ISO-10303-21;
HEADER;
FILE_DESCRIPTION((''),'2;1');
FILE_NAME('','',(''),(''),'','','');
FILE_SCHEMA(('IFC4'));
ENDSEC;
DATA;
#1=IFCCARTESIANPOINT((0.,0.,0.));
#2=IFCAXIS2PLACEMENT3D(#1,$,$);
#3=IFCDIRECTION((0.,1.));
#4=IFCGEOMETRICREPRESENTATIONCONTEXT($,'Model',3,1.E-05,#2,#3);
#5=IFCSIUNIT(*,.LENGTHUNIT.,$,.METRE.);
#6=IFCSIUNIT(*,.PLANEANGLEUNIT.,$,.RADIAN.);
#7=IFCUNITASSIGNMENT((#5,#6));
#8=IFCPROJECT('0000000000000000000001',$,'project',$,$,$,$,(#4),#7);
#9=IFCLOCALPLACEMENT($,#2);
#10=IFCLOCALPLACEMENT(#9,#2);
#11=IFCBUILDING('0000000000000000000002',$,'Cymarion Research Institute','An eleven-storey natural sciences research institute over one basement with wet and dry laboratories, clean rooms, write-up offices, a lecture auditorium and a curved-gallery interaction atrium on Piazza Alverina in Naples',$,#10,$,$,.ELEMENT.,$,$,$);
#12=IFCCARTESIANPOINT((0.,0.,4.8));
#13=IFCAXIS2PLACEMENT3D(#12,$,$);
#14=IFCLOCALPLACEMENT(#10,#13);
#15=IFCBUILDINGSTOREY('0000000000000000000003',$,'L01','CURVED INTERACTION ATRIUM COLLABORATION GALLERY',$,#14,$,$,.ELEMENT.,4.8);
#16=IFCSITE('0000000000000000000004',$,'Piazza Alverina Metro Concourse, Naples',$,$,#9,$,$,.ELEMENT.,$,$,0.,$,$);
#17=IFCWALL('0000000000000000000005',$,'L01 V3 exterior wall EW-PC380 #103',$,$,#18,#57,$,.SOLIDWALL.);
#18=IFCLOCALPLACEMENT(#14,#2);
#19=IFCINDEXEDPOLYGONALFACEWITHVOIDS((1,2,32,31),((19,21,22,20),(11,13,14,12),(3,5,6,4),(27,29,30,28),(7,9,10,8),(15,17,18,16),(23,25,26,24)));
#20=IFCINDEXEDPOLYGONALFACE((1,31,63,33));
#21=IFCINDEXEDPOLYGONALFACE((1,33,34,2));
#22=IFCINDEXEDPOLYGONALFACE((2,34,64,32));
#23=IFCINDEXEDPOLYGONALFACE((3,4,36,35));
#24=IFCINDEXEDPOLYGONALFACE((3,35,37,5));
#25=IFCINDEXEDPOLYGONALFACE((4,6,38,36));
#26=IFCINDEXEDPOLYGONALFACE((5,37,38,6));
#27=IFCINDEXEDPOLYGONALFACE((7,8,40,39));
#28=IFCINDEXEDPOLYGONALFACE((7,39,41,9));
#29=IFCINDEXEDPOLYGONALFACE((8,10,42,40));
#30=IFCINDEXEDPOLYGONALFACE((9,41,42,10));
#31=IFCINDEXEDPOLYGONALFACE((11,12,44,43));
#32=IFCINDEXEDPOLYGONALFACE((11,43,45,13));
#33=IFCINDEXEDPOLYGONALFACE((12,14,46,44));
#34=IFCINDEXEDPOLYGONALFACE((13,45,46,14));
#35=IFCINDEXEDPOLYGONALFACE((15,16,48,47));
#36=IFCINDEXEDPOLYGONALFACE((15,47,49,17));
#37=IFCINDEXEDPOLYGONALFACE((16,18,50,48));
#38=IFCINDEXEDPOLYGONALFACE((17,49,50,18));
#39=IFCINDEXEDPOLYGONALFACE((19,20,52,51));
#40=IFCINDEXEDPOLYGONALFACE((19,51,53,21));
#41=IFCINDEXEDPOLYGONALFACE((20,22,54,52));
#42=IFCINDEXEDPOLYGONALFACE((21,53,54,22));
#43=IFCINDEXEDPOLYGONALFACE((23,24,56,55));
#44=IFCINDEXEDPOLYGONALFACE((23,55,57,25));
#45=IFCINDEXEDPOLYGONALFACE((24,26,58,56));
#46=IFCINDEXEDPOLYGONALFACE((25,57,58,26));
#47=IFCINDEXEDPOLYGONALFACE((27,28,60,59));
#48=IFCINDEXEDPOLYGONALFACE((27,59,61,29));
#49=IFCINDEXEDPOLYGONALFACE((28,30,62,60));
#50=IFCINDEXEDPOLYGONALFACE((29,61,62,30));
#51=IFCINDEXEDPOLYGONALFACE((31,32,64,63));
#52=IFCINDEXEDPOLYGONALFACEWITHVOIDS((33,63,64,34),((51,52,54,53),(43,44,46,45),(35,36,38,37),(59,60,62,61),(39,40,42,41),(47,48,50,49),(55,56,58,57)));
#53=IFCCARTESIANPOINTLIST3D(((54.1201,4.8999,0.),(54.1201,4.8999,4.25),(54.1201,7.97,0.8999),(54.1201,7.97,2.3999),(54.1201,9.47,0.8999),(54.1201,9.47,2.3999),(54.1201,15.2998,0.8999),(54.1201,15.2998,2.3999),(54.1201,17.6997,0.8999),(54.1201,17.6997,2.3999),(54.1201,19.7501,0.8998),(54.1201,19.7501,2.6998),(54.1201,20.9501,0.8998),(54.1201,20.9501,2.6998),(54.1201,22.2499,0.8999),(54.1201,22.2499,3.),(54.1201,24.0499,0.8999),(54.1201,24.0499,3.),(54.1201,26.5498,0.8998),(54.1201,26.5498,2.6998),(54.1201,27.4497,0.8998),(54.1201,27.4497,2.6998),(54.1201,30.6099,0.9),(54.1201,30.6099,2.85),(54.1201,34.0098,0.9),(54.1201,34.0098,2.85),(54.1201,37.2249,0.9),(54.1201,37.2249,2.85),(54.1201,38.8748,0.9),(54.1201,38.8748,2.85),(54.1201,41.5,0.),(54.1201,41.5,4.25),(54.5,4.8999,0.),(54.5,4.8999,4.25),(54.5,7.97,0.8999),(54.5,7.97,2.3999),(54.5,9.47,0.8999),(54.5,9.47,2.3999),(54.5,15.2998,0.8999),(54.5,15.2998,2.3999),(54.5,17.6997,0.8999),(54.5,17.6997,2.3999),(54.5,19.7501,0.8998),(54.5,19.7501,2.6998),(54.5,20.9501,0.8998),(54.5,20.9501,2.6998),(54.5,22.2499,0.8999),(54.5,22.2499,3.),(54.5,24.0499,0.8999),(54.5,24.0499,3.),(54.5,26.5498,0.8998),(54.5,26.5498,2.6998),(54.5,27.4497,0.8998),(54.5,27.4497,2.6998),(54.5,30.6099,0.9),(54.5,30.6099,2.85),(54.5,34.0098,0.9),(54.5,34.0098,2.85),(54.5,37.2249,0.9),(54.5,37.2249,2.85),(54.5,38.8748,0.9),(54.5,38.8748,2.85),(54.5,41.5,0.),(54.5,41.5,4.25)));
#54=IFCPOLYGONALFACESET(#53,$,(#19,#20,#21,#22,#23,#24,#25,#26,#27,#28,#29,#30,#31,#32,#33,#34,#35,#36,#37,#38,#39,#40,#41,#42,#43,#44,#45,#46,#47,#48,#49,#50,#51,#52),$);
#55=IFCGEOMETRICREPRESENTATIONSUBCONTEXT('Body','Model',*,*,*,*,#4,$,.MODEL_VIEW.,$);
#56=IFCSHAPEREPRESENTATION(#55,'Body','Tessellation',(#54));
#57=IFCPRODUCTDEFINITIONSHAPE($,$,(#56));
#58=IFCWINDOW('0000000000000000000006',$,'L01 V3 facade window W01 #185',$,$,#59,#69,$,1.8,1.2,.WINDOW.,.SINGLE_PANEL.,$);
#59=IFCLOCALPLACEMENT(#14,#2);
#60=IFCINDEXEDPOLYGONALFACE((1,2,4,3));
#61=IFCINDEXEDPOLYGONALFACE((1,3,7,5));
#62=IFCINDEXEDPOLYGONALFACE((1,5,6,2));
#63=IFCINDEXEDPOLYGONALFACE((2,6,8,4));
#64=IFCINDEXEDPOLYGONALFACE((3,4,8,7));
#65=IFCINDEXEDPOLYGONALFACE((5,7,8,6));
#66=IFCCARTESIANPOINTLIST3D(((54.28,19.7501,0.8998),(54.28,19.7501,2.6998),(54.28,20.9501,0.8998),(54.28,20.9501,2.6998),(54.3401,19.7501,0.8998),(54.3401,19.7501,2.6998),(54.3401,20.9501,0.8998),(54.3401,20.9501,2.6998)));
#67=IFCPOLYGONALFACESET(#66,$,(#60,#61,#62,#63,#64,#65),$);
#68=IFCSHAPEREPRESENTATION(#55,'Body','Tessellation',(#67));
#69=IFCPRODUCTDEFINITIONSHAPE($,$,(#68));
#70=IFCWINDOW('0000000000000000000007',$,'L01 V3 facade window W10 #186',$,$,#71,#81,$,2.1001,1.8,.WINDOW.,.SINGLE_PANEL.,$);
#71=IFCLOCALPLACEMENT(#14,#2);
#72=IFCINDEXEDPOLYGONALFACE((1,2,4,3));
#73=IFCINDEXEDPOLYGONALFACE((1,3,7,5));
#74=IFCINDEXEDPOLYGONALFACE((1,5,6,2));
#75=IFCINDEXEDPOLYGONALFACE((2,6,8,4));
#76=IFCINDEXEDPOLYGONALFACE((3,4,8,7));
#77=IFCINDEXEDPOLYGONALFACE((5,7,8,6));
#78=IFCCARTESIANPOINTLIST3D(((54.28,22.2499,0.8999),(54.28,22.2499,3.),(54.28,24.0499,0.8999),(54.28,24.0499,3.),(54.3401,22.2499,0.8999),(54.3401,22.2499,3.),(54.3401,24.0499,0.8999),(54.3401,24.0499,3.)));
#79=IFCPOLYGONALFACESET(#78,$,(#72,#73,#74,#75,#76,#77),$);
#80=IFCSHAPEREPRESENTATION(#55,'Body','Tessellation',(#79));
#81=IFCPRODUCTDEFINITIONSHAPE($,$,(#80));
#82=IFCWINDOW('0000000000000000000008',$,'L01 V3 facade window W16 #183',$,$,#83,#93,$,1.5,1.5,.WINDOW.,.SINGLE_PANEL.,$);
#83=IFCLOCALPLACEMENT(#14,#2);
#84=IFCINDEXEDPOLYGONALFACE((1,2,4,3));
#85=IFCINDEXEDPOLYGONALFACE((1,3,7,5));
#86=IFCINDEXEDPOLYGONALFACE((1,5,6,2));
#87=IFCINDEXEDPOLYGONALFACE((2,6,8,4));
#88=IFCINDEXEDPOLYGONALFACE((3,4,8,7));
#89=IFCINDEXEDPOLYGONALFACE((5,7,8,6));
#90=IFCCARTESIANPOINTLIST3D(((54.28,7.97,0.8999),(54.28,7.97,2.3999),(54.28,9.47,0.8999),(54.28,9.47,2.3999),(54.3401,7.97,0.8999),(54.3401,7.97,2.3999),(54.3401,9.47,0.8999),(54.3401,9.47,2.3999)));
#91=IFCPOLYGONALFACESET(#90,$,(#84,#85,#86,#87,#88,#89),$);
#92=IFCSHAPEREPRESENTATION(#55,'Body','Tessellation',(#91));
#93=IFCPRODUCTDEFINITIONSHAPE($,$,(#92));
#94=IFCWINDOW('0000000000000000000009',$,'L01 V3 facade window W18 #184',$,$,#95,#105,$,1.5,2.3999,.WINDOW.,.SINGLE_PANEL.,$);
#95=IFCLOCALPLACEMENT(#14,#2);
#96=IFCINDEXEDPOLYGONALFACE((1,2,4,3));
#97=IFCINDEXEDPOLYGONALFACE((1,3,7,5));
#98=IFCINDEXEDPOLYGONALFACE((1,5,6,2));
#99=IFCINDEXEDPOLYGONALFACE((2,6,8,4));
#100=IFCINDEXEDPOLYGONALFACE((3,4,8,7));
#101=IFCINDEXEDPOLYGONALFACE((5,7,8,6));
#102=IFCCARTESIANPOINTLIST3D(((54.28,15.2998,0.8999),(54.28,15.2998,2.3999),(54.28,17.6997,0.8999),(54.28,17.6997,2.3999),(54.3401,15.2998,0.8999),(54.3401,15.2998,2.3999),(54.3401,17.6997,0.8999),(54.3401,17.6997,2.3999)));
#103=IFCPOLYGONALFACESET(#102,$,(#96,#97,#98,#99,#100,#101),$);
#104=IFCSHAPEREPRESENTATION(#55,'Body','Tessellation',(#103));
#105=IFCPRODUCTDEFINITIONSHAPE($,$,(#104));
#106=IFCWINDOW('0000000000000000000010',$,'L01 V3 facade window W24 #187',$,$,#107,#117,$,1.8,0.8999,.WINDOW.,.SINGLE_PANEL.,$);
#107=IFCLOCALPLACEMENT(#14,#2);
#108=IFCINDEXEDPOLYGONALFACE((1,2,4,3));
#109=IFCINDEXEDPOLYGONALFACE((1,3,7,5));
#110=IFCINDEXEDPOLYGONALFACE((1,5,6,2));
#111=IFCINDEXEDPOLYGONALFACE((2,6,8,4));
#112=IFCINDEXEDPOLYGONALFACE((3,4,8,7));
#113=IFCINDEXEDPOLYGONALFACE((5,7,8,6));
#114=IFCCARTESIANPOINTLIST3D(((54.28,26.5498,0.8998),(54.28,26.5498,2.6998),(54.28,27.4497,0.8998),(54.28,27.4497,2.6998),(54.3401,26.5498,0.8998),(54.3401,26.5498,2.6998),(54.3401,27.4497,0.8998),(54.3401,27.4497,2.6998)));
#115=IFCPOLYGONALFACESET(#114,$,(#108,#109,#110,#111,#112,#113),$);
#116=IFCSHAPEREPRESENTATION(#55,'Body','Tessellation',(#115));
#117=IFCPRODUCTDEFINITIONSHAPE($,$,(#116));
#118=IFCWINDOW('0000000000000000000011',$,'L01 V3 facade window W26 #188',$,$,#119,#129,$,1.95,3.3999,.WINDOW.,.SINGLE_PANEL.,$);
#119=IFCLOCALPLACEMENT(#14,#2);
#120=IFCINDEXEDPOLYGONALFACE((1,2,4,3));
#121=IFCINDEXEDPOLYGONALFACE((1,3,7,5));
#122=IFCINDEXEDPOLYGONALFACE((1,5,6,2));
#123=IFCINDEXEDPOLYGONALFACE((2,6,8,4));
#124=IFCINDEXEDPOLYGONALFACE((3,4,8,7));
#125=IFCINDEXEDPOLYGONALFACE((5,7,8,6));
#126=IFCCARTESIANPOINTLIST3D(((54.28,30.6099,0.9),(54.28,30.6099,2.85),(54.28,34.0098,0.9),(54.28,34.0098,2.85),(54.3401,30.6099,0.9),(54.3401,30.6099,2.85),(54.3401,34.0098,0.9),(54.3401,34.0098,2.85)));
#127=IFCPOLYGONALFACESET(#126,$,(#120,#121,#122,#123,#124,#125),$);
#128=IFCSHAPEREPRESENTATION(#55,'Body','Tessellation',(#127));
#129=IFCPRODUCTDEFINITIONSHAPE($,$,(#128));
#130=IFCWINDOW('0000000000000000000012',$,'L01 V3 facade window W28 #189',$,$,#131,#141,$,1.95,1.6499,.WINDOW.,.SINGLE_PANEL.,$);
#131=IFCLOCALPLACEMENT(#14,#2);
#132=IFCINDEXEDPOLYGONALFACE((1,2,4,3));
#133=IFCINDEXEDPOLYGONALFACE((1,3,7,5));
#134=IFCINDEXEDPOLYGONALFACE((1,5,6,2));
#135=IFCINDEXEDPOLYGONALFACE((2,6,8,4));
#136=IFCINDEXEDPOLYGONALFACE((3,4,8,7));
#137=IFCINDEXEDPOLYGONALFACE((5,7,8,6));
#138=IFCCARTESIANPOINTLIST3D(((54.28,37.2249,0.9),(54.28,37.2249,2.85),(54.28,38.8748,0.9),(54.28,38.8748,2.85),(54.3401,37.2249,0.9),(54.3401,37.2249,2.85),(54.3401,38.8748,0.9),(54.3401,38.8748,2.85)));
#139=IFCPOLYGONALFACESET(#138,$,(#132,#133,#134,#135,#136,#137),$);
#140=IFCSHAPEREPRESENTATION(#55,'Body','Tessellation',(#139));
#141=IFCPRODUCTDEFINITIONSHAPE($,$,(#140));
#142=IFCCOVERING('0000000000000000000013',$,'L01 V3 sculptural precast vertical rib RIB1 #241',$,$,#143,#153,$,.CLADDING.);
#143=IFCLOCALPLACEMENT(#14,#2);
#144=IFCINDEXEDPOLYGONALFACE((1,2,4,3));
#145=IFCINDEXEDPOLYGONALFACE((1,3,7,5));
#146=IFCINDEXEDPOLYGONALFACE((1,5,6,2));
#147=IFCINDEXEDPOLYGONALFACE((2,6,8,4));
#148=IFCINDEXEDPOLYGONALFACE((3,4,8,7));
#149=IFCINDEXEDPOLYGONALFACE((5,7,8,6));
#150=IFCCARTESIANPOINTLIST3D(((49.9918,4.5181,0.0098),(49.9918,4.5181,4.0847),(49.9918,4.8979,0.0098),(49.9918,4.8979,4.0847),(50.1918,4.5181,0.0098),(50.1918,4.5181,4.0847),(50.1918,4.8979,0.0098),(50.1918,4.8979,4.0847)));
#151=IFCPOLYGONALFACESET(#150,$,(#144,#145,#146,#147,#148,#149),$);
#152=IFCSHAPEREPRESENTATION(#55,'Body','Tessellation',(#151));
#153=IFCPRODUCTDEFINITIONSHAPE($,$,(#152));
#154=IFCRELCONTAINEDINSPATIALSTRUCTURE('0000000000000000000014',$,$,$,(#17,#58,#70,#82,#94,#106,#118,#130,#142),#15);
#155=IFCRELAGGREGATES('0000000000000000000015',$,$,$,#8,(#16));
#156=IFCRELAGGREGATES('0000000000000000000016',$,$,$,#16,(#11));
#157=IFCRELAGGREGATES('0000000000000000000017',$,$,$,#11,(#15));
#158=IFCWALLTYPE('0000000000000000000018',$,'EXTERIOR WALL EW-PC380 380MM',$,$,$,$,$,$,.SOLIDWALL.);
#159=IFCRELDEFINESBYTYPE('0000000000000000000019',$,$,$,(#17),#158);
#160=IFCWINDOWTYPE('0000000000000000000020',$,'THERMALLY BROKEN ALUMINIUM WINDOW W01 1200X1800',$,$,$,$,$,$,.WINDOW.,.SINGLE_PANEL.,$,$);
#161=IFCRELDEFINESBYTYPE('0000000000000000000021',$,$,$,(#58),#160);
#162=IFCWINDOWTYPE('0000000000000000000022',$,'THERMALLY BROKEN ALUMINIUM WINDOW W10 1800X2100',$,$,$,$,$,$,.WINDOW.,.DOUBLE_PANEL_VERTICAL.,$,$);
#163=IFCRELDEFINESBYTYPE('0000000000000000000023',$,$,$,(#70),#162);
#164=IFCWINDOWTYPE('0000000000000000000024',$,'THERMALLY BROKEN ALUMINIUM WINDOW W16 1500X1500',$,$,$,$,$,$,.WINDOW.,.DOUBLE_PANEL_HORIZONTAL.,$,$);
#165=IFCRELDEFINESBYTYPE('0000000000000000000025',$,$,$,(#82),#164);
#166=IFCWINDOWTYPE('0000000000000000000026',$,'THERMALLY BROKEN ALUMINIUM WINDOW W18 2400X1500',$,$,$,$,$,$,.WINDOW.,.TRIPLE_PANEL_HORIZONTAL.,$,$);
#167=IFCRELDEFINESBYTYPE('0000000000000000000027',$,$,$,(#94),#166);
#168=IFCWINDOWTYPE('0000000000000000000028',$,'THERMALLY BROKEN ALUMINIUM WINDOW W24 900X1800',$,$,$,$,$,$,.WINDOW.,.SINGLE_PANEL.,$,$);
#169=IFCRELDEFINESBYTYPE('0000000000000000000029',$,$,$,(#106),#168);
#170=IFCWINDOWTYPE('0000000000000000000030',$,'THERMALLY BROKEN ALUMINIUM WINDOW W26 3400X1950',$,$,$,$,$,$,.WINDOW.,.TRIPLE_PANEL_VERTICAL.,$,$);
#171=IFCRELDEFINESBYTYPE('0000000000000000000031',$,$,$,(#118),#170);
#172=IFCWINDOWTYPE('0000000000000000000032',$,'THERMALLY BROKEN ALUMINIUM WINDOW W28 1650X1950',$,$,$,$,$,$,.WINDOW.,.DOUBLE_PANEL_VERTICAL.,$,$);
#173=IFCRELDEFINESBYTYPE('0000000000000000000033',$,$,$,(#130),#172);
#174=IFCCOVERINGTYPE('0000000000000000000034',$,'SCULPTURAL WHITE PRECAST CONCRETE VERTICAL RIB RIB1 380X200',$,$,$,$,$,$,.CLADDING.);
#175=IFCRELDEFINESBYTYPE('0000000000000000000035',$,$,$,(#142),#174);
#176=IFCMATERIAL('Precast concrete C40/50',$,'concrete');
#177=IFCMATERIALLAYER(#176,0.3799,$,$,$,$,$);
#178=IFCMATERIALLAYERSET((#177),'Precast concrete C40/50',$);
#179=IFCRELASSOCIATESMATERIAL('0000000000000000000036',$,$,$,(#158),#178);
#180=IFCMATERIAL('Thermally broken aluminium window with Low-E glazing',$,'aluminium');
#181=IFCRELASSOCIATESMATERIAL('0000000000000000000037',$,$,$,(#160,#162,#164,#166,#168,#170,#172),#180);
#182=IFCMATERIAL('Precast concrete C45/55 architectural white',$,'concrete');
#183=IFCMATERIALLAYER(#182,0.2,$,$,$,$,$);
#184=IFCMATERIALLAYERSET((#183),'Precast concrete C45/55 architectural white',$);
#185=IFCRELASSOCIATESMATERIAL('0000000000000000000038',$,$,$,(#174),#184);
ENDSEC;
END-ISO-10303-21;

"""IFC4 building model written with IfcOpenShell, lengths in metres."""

from ifc_helpers import new_model, si_unit, direction, frame, frame_2d, origin, origin_2d, place, context, subcontext, project, spatial, rectangle, extrude, material, layer, layer_set, type_object, element, fill, save


model = new_model("IFC4")

# Units and contexts
model_context = context("Model", 3, precision=1e-05, world=origin(), true_north=direction((0.0, 1.0)))
body_context = subcontext(model_context, "Body", "Model", "MODEL_VIEW")
ifc_project = project(units=[si_unit("LENGTHUNIT", "METRE"), si_unit("PLANEANGLEUNIT", "RADIAN")], contexts=[model_context])

# Site, building, storey
site_placement = place(None, origin())
site = spatial("IfcSite", under=ifc_project, at=site_placement, Name="Piazza Alverina Metro Concourse, Naples", CompositionType="ELEMENT", RefElevation=0.0)
building_placement = place(site_placement, origin())
building = spatial("IfcBuilding", under=site, at=building_placement, Name="Cymarion Research Institute", Description="An eleven-storey natural sciences research institute over one basement with wet and dry laboratories, clean rooms, write-up offices, a lecture auditorium and a curved-gallery interaction atrium on Piazza Alverina in Naples", CompositionType="ELEMENT")
storey_placement = place(building_placement, frame((0.0, 0.0, 4.8)))
storey = spatial("IfcBuildingStorey", under=building, at=storey_placement, Name="L01", Description="CURVED INTERACTION ATRIUM COLLABORATION GALLERY", CompositionType="ELEMENT", Elevation=4.8)

# Wall, openings, windows
ifc_material_1 = material(Name="Precast concrete C40/50", Category="concrete")
ifc_layer_1 = layer(ifc_material_1, 0.3799)
ifc_layer_set_1 = layer_set([ifc_layer_1], Name="Precast concrete C40/50")
wall_type = type_object("IfcWallType", Name="EXTERIOR WALL EW-PC380 380MM", PredefinedType="SOLIDWALL", material=ifc_layer_set_1)
wall_placement = place(storey_placement, frame((54.3101, 4.8999, 0.0), z_axis=(0.0, 0.0, 1.0), x_axis=(0.0, 1.0, 0.0)))
wall = element("IfcWall", 1, at=wall_placement, inside=storey, type_object=wall_type, Name="L01 V3 exterior wall EW-PC380 #103", PredefinedType="SOLIDWALL", context=body_context, shape_type="SweptSolid", body=[
    extrude(rectangle(XDim=36.6001, YDim=0.3799, at=frame_2d((18.3, 0.0))), origin(), (0.0, 0.0, 1.0), 4.25),
])
opening_1_placement = place(wall_placement, frame((3.0701, 0.0, 0.8999)))
opening_1 = element("IfcOpeningElement", 2, at=opening_1_placement, cuts=wall, PredefinedType="OPENING", context=body_context, shape_type="SweptSolid", body=[
    extrude(rectangle(XDim=1.5, YDim=1.5, at=frame_2d((0.75, 0.75))), frame((0.0, 0.2, 0.0), z_axis=(0.0, -1.0, 0.0), x_axis=(1.0, 0.0, 0.0)), (0.0, 0.0, 1.0), 0.3999),
])
opening_2_placement = place(wall_placement, frame((10.3999, 0.0, 0.8999)))
opening_2 = element("IfcOpeningElement", 3, at=opening_2_placement, cuts=wall, PredefinedType="OPENING", context=body_context, shape_type="SweptSolid", body=[
    extrude(rectangle(XDim=2.3999, YDim=1.5, at=frame_2d((1.2, 0.75))), frame((0.0, 0.2, 0.0), z_axis=(0.0, -1.0, 0.0), x_axis=(1.0, 0.0, 0.0)), (0.0, 0.0, 1.0), 0.3999),
])
opening_3_placement = place(wall_placement, frame((14.8501, 0.0, 0.8999)))
opening_3 = element("IfcOpeningElement", 4, at=opening_3_placement, cuts=wall, PredefinedType="OPENING", context=body_context, shape_type="SweptSolid", body=[
    extrude(rectangle(XDim=1.2, YDim=1.8, at=frame_2d((0.6001, 0.8999))), frame((0.0, 0.2, 0.0), z_axis=(0.0, -1.0, 0.0), x_axis=(1.0, 0.0, 0.0)), (0.0, 0.0, 1.0), 0.3999),
])
opening_4_placement = place(wall_placement, frame((17.3501, 0.0, 0.8999)))
opening_4 = element("IfcOpeningElement", 5, at=opening_4_placement, cuts=wall, PredefinedType="OPENING", context=body_context, shape_type="SweptSolid", body=[
    extrude(rectangle(XDim=1.8, YDim=2.1001, at=frame_2d((0.8999, 1.05))), frame((0.0, 0.2, 0.0), z_axis=(0.0, -1.0, 0.0), x_axis=(1.0, 0.0, 0.0)), (0.0, 0.0, 1.0), 0.3999),
])
opening_5_placement = place(wall_placement, frame((21.6499, 0.0, 0.8999)))
opening_5 = element("IfcOpeningElement", 6, at=opening_5_placement, cuts=wall, PredefinedType="OPENING", context=body_context, shape_type="SweptSolid", body=[
    extrude(rectangle(XDim=0.8999, YDim=1.8, at=frame_2d((0.45, 0.8999))), frame((0.0, 0.2, 0.0), z_axis=(0.0, -1.0, 0.0), x_axis=(1.0, 0.0, 0.0)), (0.0, 0.0, 1.0), 0.3999),
])
opening_6_placement = place(wall_placement, frame((25.71, 0.0, 0.8999)))
opening_6 = element("IfcOpeningElement", 7, at=opening_6_placement, cuts=wall, PredefinedType="OPENING", context=body_context, shape_type="SweptSolid", body=[
    extrude(rectangle(XDim=3.3999, YDim=1.95, at=frame_2d((1.7, 0.9751))), frame((0.0, 0.2, 0.0), z_axis=(0.0, -1.0, 0.0), x_axis=(1.0, 0.0, 0.0)), (0.0, 0.0, 1.0), 0.3999),
])
opening_7_placement = place(wall_placement, frame((32.325, 0.0, 0.8999)))
opening_7 = element("IfcOpeningElement", 8, at=opening_7_placement, cuts=wall, PredefinedType="OPENING", context=body_context, shape_type="SweptSolid", body=[
    extrude(rectangle(XDim=1.6499, YDim=1.95, at=frame_2d((0.825, 0.9751))), frame((0.0, 0.2, 0.0), z_axis=(0.0, -1.0, 0.0), x_axis=(1.0, 0.0, 0.0)), (0.0, 0.0, 1.0), 0.3999),
])
ifc_material_2 = material(Name="Thermally broken aluminium window with Low-E glazing", Category="aluminium")
window_type_1 = type_object("IfcWindowType", Name="THERMALLY BROKEN ALUMINIUM WINDOW W01 1200X1800", PartitioningType="SINGLE_PANEL", PredefinedType="WINDOW", material=ifc_material_2)
window_1_placement = place(opening_3_placement, origin())
window_1 = element("IfcWindow", 9, at=window_1_placement, inside=storey, type_object=window_type_1, Name="L01 V3 facade window W01 #185", OverallHeight=1.8, OverallWidth=1.2, PartitioningType="SINGLE_PANEL", PredefinedType="WINDOW", context=body_context, shape_type="SweptSolid", body=[
    extrude(rectangle(XDim=1.2, YDim=1.8, at=frame_2d((0.6001, 0.8999))), frame((0.0, 0.03, 0.0), z_axis=(0.0, -1.0, 0.0), x_axis=(1.0, 0.0, 0.0)), (0.0, 0.0, 1.0), 0.0601),
])
fill(opening_3, window_1)
window_type_2 = type_object("IfcWindowType", Name="THERMALLY BROKEN ALUMINIUM WINDOW W10 1800X2100", PartitioningType="DOUBLE_PANEL_VERTICAL", PredefinedType="WINDOW", material=ifc_material_2)
window_2_placement = place(opening_4_placement, origin())
window_2 = element("IfcWindow", 10, at=window_2_placement, inside=storey, type_object=window_type_2, Name="L01 V3 facade window W10 #186", OverallHeight=2.1001, OverallWidth=1.8, PartitioningType="SINGLE_PANEL", PredefinedType="WINDOW", context=body_context, shape_type="SweptSolid", body=[
    extrude(rectangle(XDim=1.8, YDim=2.1001, at=frame_2d((0.8999, 1.05))), frame((0.0, 0.03, 0.0), z_axis=(0.0, -1.0, 0.0), x_axis=(1.0, 0.0, 0.0)), (0.0, 0.0, 1.0), 0.0601),
])
fill(opening_4, window_2)
window_type_3 = type_object("IfcWindowType", Name="THERMALLY BROKEN ALUMINIUM WINDOW W16 1500X1500", PartitioningType="DOUBLE_PANEL_HORIZONTAL", PredefinedType="WINDOW", material=ifc_material_2)
window_3_placement = place(opening_1_placement, origin())
window_3 = element("IfcWindow", 11, at=window_3_placement, inside=storey, type_object=window_type_3, Name="L01 V3 facade window W16 #183", OverallHeight=1.5, OverallWidth=1.5, PartitioningType="SINGLE_PANEL", PredefinedType="WINDOW", context=body_context, shape_type="SweptSolid", body=[
    extrude(rectangle(XDim=1.5, YDim=1.5, at=frame_2d((0.75, 0.75))), frame((0.0, 0.03, 0.0), z_axis=(0.0, -1.0, 0.0), x_axis=(1.0, 0.0, 0.0)), (0.0, 0.0, 1.0), 0.0601),
])
fill(opening_1, window_3)
window_type_4 = type_object("IfcWindowType", Name="THERMALLY BROKEN ALUMINIUM WINDOW W18 2400X1500", PartitioningType="TRIPLE_PANEL_HORIZONTAL", PredefinedType="WINDOW", material=ifc_material_2)
window_4_placement = place(opening_2_placement, origin())
window_4 = element("IfcWindow", 12, at=window_4_placement, inside=storey, type_object=window_type_4, Name="L01 V3 facade window W18 #184", OverallHeight=1.5, OverallWidth=2.3999, PartitioningType="SINGLE_PANEL", PredefinedType="WINDOW", context=body_context, shape_type="SweptSolid", body=[
    extrude(rectangle(XDim=2.3999, YDim=1.5, at=frame_2d((1.2, 0.75))), frame((0.0, 0.03, 0.0), z_axis=(0.0, -1.0, 0.0), x_axis=(1.0, 0.0, 0.0)), (0.0, 0.0, 1.0), 0.0601),
])
fill(opening_2, window_4)
window_type_5 = type_object("IfcWindowType", Name="THERMALLY BROKEN ALUMINIUM WINDOW W24 900X1800", PartitioningType="SINGLE_PANEL", PredefinedType="WINDOW", material=ifc_material_2)
window_5_placement = place(opening_5_placement, origin())
window_5 = element("IfcWindow", 13, at=window_5_placement, inside=storey, type_object=window_type_5, Name="L01 V3 facade window W24 #187", OverallHeight=1.8, OverallWidth=0.8999, PartitioningType="SINGLE_PANEL", PredefinedType="WINDOW", context=body_context, shape_type="SweptSolid", body=[
    extrude(rectangle(XDim=0.8999, YDim=1.8, at=frame_2d((0.45, 0.8999))), frame((0.0, 0.03, 0.0), z_axis=(0.0, -1.0, 0.0), x_axis=(1.0, 0.0, 0.0)), (0.0, 0.0, 1.0), 0.0601),
])
fill(opening_5, window_5)
window_type_6 = type_object("IfcWindowType", Name="THERMALLY BROKEN ALUMINIUM WINDOW W26 3400X1950", PartitioningType="TRIPLE_PANEL_VERTICAL", PredefinedType="WINDOW", material=ifc_material_2)
window_6_placement = place(opening_6_placement, origin())
window_6 = element("IfcWindow", 14, at=window_6_placement, inside=storey, type_object=window_type_6, Name="L01 V3 facade window W26 #188", OverallHeight=1.95, OverallWidth=3.3999, PartitioningType="SINGLE_PANEL", PredefinedType="WINDOW", context=body_context, shape_type="SweptSolid", body=[
    extrude(rectangle(XDim=3.3999, YDim=1.95, at=frame_2d((1.7, 0.9751))), frame((0.0, 0.03, 0.0), z_axis=(0.0, -1.0, 0.0), x_axis=(1.0, 0.0, 0.0)), (0.0, 0.0, 1.0), 0.0601),
])
fill(opening_6, window_6)
window_type_7 = type_object("IfcWindowType", Name="THERMALLY BROKEN ALUMINIUM WINDOW W28 1650X1950", PartitioningType="DOUBLE_PANEL_VERTICAL", PredefinedType="WINDOW", material=ifc_material_2)
window_7_placement = place(opening_7_placement, origin())
window_7 = element("IfcWindow", 15, at=window_7_placement, inside=storey, type_object=window_type_7, Name="L01 V3 facade window W28 #189", OverallHeight=1.95, OverallWidth=1.6499, PartitioningType="SINGLE_PANEL", PredefinedType="WINDOW", context=body_context, shape_type="SweptSolid", body=[
    extrude(rectangle(XDim=1.6499, YDim=1.95, at=frame_2d((0.825, 0.9751))), frame((0.0, 0.03, 0.0), z_axis=(0.0, -1.0, 0.0), x_axis=(1.0, 0.0, 0.0)), (0.0, 0.0, 1.0), 0.0601),
])
fill(opening_7, window_7)

# Covering
ifc_material_3 = material(Name="Precast concrete C45/55 architectural white", Category="concrete")
ifc_layer_2 = layer(ifc_material_3, 0.2)
ifc_layer_set_2 = layer_set([ifc_layer_2], Name="Precast concrete C45/55 architectural white")
covering_type_1 = type_object("IfcCoveringType", Name="SCULPTURAL WHITE PRECAST CONCRETE VERTICAL RIB RIB1 380X200", PredefinedType="CLADDING", material=ifc_layer_set_2)
for number, where, z_axis, x_axis, name in (
    (16, (50.0918, 4.708, 0.0098), (0.0, 0.0, 1.0), (0.0, -1.0, 0.0), "L01 V3 sculptural precast vertical rib RIB1 #241"),
):
    element("IfcCovering", number, at=place(storey_placement, frame(where, z_axis=z_axis, x_axis=x_axis)), inside=storey, type_object=covering_type_1, Name=name, PredefinedType="CLADDING", context=body_context, shape_type="SweptSolid", body=[
        extrude(rectangle(XDim=0.3799, YDim=0.2, at=origin_2d()), origin(), (0.0, 0.0, 1.0), 4.075),
    ])

save(model, "model.ifc")
